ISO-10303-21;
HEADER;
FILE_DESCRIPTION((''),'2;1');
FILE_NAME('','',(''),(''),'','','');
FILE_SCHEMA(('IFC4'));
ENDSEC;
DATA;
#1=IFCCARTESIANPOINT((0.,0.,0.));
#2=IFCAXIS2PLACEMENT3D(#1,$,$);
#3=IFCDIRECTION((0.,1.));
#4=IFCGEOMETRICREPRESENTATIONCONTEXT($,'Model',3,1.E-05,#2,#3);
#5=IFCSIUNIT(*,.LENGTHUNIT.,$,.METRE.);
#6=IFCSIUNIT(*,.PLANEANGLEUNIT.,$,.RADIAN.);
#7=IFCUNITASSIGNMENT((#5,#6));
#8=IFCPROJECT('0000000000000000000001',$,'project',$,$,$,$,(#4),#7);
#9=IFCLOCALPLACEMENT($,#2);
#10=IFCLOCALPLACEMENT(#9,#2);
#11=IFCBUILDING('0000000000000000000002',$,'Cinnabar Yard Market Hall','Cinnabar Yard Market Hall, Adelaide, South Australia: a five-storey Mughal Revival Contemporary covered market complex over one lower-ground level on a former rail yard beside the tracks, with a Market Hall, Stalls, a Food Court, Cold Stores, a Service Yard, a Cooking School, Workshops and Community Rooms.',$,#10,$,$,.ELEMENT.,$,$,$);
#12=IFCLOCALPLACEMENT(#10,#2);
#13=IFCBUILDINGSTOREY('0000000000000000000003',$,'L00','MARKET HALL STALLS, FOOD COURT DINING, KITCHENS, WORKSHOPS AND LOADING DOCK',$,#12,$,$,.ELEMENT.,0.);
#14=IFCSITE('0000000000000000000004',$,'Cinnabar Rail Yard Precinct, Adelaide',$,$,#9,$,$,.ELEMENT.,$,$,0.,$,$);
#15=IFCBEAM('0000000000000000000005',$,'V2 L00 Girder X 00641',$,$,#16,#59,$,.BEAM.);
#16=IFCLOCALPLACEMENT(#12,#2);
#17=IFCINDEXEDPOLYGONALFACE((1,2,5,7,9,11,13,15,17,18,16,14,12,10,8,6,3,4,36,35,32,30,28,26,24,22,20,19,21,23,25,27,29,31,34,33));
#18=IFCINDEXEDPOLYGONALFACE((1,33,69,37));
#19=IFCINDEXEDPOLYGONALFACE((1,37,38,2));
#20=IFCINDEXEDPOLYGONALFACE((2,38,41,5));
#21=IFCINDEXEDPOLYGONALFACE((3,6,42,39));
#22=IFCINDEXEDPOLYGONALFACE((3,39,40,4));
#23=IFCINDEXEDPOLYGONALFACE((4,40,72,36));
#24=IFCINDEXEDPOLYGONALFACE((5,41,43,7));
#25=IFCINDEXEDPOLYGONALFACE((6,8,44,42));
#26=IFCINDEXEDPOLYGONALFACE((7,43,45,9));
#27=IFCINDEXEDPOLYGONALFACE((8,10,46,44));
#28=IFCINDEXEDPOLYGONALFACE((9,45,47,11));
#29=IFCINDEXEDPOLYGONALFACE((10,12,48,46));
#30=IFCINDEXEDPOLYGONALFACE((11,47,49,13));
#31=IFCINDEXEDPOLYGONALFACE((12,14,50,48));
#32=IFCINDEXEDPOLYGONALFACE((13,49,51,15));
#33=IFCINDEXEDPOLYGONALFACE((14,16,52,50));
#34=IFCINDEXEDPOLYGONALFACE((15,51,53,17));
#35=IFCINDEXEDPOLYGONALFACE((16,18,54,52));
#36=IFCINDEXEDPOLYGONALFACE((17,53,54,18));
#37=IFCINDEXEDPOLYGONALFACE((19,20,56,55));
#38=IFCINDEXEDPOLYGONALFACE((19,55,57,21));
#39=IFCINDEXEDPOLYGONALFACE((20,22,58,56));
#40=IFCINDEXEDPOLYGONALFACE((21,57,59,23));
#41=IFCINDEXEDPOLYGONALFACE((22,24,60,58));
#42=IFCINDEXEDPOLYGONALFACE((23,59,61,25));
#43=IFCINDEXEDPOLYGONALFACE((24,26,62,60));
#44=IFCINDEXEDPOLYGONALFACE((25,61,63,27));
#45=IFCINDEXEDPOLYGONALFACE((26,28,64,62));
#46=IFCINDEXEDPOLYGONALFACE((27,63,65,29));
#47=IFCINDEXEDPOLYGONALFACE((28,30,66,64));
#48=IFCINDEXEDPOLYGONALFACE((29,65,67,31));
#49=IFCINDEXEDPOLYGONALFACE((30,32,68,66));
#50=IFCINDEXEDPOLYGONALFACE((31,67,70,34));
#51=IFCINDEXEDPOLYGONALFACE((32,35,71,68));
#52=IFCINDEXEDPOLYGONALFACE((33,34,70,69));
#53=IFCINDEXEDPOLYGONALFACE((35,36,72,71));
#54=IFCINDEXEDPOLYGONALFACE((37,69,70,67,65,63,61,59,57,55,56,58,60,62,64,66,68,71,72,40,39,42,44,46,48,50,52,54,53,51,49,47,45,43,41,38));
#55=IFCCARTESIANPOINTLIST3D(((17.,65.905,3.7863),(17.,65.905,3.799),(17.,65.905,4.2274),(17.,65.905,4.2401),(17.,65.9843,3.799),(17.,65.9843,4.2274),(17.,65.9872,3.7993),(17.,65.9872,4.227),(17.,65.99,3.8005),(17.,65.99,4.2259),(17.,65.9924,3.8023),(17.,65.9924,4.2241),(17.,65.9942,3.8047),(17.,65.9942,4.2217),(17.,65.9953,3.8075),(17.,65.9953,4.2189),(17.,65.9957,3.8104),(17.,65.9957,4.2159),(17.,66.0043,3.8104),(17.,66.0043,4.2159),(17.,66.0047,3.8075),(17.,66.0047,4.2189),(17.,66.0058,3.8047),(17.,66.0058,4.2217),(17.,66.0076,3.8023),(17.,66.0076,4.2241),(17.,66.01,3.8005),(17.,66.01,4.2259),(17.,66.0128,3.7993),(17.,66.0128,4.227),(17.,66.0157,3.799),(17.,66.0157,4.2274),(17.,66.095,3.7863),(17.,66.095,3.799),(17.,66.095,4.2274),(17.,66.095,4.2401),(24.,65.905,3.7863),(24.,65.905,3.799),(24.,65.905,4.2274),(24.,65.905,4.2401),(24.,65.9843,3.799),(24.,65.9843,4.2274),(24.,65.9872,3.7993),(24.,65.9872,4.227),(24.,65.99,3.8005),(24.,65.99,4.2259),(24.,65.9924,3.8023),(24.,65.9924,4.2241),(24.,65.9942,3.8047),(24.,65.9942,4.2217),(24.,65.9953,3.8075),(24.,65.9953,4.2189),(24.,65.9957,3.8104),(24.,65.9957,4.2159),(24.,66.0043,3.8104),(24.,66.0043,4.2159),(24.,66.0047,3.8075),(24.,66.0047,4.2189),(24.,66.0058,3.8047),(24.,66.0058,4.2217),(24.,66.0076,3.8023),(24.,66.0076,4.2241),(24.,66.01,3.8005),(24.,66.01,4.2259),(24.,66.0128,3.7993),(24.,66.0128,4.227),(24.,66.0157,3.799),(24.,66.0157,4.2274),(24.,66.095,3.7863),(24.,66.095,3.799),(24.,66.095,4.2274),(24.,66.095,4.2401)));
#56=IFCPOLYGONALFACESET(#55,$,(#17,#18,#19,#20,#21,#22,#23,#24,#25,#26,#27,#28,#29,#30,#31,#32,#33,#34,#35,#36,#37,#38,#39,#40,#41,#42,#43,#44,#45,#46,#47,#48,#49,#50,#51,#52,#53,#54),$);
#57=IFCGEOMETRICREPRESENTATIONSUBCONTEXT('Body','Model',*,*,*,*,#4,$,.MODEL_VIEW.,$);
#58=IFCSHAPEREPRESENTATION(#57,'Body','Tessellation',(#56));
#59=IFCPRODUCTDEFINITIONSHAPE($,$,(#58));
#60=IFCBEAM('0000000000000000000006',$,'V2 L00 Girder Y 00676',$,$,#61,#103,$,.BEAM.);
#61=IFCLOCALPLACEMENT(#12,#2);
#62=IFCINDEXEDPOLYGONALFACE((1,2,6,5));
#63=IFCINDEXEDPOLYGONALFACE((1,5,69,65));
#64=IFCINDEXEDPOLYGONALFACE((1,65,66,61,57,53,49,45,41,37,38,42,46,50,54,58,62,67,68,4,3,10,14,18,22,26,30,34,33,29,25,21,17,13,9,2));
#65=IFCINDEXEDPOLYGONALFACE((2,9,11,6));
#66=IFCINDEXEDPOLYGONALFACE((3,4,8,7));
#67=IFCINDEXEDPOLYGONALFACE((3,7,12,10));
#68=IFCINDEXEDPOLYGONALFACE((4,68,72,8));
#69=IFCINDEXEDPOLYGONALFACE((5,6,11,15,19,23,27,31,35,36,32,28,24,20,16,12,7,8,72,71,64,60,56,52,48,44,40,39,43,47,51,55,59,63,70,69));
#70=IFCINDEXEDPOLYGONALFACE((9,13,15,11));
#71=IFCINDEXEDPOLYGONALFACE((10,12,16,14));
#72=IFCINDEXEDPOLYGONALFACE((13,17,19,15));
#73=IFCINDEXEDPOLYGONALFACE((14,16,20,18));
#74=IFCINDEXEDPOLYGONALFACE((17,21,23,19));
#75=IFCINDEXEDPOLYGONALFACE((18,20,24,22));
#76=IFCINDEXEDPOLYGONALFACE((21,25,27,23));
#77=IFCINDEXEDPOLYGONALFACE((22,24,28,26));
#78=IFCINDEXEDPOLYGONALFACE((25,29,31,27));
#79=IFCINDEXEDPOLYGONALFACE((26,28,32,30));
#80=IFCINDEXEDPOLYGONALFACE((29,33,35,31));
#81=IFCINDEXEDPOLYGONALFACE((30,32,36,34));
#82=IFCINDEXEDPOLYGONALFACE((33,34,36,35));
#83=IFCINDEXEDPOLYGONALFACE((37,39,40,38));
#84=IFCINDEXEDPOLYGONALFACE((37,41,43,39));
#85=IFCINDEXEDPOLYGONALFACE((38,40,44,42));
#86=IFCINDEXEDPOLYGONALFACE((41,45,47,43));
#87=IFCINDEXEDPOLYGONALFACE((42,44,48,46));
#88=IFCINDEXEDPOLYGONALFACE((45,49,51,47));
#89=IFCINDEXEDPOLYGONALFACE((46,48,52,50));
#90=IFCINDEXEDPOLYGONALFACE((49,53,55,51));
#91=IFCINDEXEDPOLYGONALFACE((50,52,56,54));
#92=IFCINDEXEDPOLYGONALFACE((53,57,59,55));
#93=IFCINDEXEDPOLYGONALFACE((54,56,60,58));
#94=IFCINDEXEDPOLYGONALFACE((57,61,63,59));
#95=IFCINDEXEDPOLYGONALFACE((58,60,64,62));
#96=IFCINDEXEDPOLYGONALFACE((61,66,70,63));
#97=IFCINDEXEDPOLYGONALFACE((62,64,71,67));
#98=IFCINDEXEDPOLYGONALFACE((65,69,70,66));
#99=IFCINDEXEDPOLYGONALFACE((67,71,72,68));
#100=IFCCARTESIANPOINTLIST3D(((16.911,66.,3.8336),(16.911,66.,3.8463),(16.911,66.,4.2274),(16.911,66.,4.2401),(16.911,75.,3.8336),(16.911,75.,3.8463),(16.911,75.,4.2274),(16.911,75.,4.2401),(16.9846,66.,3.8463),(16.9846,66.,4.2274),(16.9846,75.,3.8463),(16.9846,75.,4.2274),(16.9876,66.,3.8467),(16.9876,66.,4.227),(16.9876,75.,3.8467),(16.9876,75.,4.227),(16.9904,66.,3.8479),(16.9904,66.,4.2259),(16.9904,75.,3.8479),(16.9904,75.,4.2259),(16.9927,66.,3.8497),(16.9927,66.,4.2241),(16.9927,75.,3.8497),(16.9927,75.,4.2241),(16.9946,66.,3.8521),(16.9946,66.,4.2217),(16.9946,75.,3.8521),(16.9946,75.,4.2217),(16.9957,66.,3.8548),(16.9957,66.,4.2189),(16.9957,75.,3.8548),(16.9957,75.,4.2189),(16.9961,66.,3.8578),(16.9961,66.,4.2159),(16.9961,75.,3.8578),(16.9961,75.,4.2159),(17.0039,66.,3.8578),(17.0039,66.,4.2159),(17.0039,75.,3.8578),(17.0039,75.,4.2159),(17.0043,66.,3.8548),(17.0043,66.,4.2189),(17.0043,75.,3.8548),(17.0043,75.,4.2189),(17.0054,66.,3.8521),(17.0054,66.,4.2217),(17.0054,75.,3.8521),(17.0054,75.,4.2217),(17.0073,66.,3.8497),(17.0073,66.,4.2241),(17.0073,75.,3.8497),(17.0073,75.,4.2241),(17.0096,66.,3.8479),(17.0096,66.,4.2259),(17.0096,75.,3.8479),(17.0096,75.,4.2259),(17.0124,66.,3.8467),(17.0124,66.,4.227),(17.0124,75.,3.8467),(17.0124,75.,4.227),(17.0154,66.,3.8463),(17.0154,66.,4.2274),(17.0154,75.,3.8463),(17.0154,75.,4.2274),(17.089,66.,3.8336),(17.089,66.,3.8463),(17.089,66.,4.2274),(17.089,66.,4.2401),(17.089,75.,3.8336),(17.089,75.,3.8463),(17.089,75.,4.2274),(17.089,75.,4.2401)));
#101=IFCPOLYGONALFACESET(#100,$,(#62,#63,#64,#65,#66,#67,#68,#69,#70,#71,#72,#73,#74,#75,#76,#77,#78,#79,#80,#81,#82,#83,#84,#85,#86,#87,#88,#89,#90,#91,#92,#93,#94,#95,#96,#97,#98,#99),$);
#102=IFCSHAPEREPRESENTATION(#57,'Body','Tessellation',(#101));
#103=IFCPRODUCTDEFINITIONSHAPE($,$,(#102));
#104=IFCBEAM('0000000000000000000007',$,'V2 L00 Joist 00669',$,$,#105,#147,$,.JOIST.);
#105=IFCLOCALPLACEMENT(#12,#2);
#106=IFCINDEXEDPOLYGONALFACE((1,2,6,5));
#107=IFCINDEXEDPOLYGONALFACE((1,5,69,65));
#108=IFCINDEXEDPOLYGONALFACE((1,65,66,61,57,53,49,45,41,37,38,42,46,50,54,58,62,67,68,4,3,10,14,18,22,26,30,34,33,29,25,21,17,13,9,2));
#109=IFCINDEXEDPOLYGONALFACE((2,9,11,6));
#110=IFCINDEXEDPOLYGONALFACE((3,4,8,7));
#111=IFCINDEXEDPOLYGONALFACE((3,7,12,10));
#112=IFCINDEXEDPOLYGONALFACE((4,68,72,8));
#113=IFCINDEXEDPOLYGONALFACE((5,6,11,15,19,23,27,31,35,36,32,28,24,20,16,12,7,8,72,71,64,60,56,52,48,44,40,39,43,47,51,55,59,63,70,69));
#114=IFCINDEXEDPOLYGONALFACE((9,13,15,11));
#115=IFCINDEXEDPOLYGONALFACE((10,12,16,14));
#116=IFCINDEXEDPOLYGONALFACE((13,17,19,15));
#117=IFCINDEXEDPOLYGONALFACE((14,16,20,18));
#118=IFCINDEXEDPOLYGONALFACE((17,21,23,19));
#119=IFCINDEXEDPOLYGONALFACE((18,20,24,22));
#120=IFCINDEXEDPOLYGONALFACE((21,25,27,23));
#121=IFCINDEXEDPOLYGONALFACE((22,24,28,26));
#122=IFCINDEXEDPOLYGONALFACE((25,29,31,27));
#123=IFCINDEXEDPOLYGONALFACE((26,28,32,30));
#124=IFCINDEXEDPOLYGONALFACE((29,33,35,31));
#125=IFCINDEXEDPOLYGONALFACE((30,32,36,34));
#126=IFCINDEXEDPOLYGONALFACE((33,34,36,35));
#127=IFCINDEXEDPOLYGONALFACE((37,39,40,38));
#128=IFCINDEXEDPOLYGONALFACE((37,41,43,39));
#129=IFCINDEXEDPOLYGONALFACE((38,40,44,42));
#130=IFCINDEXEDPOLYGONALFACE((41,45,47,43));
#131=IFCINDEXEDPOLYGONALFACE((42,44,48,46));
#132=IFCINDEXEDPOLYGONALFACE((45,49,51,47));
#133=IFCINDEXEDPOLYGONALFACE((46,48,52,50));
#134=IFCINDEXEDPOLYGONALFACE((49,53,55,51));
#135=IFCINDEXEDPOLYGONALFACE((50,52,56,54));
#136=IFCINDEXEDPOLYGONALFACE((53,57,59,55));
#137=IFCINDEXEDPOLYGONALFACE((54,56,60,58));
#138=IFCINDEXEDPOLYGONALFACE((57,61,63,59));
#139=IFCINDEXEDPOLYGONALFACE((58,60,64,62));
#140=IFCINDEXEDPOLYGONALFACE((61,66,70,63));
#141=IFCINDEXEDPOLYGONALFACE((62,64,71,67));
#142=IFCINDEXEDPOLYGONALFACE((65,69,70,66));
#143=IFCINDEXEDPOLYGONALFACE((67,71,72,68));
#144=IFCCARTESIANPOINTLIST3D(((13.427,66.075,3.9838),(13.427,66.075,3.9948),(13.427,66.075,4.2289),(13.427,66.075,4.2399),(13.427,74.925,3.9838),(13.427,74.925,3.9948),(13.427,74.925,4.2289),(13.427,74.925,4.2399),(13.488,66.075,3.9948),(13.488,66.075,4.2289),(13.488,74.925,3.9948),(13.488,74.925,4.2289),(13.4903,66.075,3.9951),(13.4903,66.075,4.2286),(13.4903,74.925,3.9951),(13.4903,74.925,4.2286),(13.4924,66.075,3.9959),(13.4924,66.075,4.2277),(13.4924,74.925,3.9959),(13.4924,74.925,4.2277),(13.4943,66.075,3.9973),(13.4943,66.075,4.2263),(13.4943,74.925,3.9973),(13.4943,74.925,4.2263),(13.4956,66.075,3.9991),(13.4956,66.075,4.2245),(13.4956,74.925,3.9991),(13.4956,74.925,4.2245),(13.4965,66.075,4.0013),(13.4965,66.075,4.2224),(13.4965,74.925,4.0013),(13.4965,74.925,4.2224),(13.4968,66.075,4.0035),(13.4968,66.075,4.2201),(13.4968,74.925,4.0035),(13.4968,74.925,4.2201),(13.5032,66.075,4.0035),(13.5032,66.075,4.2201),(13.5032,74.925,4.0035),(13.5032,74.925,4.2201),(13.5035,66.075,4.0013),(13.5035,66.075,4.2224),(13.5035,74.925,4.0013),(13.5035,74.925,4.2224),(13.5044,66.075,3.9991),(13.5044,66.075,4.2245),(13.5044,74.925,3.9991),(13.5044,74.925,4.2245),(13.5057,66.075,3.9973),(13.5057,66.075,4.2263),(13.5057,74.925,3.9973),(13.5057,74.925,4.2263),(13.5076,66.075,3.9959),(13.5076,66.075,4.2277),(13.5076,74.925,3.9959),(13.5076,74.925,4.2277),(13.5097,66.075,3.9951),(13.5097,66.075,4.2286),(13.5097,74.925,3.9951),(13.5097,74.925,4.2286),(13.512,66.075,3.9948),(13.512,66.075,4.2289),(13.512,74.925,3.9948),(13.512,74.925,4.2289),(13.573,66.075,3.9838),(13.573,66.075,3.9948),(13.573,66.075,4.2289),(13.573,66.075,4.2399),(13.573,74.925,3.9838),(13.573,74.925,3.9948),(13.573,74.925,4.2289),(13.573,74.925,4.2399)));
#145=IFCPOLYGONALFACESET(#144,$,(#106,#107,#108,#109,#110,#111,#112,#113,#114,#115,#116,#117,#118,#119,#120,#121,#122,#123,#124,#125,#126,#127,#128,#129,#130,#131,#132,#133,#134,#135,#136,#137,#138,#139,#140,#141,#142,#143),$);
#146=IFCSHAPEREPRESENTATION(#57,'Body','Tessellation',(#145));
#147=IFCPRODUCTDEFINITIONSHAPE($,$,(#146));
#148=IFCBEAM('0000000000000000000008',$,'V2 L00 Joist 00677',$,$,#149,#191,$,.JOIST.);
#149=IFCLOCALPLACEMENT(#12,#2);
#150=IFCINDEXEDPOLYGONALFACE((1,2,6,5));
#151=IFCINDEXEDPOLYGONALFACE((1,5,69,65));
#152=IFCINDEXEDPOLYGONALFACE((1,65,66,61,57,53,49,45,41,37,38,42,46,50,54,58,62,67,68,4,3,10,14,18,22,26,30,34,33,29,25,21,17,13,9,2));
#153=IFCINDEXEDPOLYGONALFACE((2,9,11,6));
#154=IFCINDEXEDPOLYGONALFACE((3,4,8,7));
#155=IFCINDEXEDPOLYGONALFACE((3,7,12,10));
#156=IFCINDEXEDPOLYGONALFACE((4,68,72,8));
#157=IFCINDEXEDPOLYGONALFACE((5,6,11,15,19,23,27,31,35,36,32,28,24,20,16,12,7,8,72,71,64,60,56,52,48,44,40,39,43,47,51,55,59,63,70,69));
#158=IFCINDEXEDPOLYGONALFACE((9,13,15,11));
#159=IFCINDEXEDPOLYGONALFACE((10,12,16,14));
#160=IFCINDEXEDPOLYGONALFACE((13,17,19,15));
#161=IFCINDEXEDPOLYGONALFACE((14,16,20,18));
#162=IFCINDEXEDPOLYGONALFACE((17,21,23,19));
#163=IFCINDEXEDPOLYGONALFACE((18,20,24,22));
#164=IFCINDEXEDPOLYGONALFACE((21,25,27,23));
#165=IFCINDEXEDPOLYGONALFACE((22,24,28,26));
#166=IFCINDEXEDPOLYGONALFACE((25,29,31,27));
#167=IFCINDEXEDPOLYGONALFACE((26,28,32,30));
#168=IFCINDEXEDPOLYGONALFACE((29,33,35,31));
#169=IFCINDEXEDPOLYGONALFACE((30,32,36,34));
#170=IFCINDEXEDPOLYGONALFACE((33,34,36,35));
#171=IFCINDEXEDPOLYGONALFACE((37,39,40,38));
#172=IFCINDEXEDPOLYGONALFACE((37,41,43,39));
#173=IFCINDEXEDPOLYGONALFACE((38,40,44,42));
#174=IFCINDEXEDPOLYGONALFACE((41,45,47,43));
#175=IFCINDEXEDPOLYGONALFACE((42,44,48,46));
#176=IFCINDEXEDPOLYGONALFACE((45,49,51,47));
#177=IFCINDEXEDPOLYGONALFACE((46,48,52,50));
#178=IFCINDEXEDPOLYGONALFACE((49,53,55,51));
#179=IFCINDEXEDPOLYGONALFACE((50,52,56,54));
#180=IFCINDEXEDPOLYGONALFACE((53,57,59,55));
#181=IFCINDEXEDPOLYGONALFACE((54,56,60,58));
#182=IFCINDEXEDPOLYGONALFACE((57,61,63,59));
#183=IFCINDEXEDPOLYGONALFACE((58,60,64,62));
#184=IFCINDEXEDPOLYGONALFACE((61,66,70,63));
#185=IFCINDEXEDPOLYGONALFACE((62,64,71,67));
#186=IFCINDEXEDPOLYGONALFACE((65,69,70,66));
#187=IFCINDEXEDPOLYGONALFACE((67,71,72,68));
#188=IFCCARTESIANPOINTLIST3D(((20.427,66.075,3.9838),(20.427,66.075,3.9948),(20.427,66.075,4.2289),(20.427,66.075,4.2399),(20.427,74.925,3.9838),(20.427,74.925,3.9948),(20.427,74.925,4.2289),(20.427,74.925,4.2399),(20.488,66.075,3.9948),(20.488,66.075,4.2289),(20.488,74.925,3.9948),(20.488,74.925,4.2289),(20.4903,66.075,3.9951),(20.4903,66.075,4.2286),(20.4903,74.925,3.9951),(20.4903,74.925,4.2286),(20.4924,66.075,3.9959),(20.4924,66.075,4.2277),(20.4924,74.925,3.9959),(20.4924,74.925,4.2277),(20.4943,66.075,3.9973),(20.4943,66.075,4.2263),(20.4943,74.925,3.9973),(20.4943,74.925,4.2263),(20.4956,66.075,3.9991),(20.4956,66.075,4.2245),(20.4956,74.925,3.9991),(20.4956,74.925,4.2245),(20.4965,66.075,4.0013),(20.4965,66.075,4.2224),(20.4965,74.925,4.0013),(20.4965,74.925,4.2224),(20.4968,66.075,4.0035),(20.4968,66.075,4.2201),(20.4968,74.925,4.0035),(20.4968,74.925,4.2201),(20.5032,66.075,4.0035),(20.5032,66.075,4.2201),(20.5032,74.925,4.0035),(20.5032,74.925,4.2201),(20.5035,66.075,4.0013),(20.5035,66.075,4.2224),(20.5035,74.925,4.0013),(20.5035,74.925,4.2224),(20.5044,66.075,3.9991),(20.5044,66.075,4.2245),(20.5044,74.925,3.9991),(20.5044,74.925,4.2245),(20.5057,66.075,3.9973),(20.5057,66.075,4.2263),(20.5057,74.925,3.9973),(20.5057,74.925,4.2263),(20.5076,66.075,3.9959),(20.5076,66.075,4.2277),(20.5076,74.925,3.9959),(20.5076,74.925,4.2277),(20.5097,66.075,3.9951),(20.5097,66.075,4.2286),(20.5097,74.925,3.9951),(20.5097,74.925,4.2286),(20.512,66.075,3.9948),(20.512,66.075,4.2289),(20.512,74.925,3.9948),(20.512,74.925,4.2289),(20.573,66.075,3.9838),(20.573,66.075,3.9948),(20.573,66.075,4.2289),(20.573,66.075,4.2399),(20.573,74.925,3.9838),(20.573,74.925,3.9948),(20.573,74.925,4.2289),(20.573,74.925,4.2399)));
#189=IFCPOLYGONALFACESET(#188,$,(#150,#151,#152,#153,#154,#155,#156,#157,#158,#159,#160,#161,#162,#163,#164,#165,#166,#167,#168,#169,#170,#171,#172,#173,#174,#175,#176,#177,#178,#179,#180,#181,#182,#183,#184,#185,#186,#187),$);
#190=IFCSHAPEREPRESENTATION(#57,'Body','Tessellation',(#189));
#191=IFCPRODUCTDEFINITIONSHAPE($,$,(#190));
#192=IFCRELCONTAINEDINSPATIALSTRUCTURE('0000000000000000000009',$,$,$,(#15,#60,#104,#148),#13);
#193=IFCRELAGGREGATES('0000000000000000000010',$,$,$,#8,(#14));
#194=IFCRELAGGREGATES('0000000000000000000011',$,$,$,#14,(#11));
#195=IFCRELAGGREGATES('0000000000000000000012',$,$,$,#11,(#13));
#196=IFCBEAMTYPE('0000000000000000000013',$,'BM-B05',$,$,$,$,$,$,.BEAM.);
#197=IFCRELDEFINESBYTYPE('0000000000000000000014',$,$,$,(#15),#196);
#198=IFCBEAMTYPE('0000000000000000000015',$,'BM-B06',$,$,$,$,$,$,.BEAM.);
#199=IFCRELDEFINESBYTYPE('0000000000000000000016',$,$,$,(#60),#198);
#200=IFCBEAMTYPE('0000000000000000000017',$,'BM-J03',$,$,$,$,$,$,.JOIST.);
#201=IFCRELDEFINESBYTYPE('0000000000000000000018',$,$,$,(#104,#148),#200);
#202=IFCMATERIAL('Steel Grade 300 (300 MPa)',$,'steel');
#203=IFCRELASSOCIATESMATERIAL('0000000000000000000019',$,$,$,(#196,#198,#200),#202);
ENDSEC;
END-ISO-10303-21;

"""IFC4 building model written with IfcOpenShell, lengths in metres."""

from ifc_helpers import new_model, si_unit, direction, frame, origin, origin_2d_with_axis, place, context, subcontext, project, spatial, i_section, extrude, material, material_profile, profile_set, type_object, element, save


model = new_model("IFC4")

# Units and contexts
model_context = context("Model", 3, precision=1e-05, world=origin(), true_north=direction((0.0, 1.0)))
body_context = subcontext(model_context, "Body", "Model", "MODEL_VIEW")
ifc_project = project(units=[si_unit("LENGTHUNIT", "METRE"), si_unit("PLANEANGLEUNIT", "RADIAN")], contexts=[model_context])

# Site, building, storey
site_placement = place(None, origin())
site = spatial("IfcSite", under=ifc_project, at=site_placement, Name="Cinnabar Rail Yard Precinct, Adelaide", CompositionType="ELEMENT", RefElevation=0.0)
building_placement = place(site_placement, origin())
building = spatial("IfcBuilding", under=site, at=building_placement, Name="Cinnabar Yard Market Hall", Description="Cinnabar Yard Market Hall, Adelaide, South Australia: a five-storey Mughal Revival Contemporary covered market complex over one lower-ground level on a former rail yard beside the tracks, with a Market Hall, Stalls, a Food Court, Cold Stores, a Service Yard, a Cooking School, Workshops and Community Rooms.", CompositionType="ELEMENT")
storey_placement = place(building_placement, origin())
storey = spatial("IfcBuildingStorey", under=building, at=storey_placement, Name="L00", Description="MARKET HALL STALLS, FOOD COURT DINING, KITCHENS, WORKSHOPS AND LOADING DOCK", CompositionType="ELEMENT", Elevation=0.0)

# Shared definitions
ifc_material_1 = material(Name="Steel Grade 300 (300 MPa)", Category="steel")

# Beams
ifc_material_profile_1 = material_profile(ifc_material_1, i_section(OverallWidth=0.1899, OverallDepth=0.4539, WebThickness=0.0085, FlangeThickness=0.0127, FilletRadius=0.0115, at=origin_2d_with_axis()), Name="460UB67.1")
ifc_profile_set_1 = profile_set([ifc_material_profile_1], Name="Steel Grade 300 (300 MPa)")
beam_type_1 = type_object("IfcBeamType", Name="BM-B05", PredefinedType="BEAM", material=ifc_profile_set_1)
for number, where, z_axis, x_axis, name in (
    (1, (17.0, 66.0, 4.0132), (1.0, 0.0, 0.0), (0.0, 1.0, 0.0), "V2 L00 Girder X 00641"),
):
    element("IfcBeam", number, at=place(storey_placement, frame(where, z_axis=z_axis, x_axis=x_axis)), inside=storey, type_object=beam_type_1, Name=name, PredefinedType="BEAM", context=body_context, shape_type="SweptSolid", body=[
        extrude(i_section(OverallWidth=0.1899, OverallDepth=0.4539, WebThickness=0.0085, FlangeThickness=0.0127, FilletRadius=0.0115, at=origin_2d_with_axis()), origin(), (0.0, 0.0, 1.0), 7.0),
    ])
ifc_material_profile_2 = material_profile(ifc_material_1, i_section(OverallWidth=0.178, OverallDepth=0.4065, WebThickness=0.0078, FlangeThickness=0.0127, FilletRadius=0.0115, at=origin_2d_with_axis()), Name="410UB59.7")
ifc_profile_set_2 = profile_set([ifc_material_profile_2], Name="Steel Grade 300 (300 MPa)")
beam_type_2 = type_object("IfcBeamType", Name="BM-B06", PredefinedType="BEAM", material=ifc_profile_set_2)
beam_1_placement = place(storey_placement, frame((17.0, 66.0, 4.0369), z_axis=(0.0, 1.0, 0.0), x_axis=(-1.0, 0.0, 0.0)))
element("IfcBeam", 2, at=beam_1_placement, inside=storey, type_object=beam_type_2, Name="V2 L00 Girder Y 00676", PredefinedType="BEAM", context=body_context, shape_type="SweptSolid", body=[
    extrude(i_section(OverallWidth=0.178, OverallDepth=0.4065, WebThickness=0.0078, FlangeThickness=0.0127, FilletRadius=0.0115, at=origin_2d_with_axis()), origin(), (0.0, 0.0, 1.0), 9.0),
])
ifc_material_profile_3 = material_profile(ifc_material_1, i_section(OverallWidth=0.146, OverallDepth=0.2561, WebThickness=0.0063, FlangeThickness=0.011, FilletRadius=0.0088, at=origin_2d_with_axis()), Name="250UB37.3")
ifc_profile_set_3 = profile_set([ifc_material_profile_3], Name="Steel Grade 300 (300 MPa)")
beam_type_3 = type_object("IfcBeamType", Name="BM-J03", PredefinedType="JOIST", material=ifc_profile_set_3)
for number, where, z_axis, x_axis, name in (
    (3, (13.5, 66.075, 4.1118), (0.0, 1.0, 0.0), (-1.0, 0.0, 0.0), "V2 L00 Joist 00669"),
    (4, (20.5, 66.075, 4.1118), (0.0, 1.0, 0.0), (-1.0, 0.0, 0.0), "V2 L00 Joist 00677"),
):
    element("IfcBeam", number, at=place(storey_placement, frame(where, z_axis=z_axis, x_axis=x_axis)), inside=storey, type_object=beam_type_3, Name=name, PredefinedType="JOIST", context=body_context, shape_type="SweptSolid", body=[
        extrude(i_section(OverallWidth=0.146, OverallDepth=0.2561, WebThickness=0.0063, FlangeThickness=0.011, FilletRadius=0.0088, at=origin_2d_with_axis()), origin(), (0.0, 0.0, 1.0), 8.8501),
    ])

save(model, "model.ifc")
